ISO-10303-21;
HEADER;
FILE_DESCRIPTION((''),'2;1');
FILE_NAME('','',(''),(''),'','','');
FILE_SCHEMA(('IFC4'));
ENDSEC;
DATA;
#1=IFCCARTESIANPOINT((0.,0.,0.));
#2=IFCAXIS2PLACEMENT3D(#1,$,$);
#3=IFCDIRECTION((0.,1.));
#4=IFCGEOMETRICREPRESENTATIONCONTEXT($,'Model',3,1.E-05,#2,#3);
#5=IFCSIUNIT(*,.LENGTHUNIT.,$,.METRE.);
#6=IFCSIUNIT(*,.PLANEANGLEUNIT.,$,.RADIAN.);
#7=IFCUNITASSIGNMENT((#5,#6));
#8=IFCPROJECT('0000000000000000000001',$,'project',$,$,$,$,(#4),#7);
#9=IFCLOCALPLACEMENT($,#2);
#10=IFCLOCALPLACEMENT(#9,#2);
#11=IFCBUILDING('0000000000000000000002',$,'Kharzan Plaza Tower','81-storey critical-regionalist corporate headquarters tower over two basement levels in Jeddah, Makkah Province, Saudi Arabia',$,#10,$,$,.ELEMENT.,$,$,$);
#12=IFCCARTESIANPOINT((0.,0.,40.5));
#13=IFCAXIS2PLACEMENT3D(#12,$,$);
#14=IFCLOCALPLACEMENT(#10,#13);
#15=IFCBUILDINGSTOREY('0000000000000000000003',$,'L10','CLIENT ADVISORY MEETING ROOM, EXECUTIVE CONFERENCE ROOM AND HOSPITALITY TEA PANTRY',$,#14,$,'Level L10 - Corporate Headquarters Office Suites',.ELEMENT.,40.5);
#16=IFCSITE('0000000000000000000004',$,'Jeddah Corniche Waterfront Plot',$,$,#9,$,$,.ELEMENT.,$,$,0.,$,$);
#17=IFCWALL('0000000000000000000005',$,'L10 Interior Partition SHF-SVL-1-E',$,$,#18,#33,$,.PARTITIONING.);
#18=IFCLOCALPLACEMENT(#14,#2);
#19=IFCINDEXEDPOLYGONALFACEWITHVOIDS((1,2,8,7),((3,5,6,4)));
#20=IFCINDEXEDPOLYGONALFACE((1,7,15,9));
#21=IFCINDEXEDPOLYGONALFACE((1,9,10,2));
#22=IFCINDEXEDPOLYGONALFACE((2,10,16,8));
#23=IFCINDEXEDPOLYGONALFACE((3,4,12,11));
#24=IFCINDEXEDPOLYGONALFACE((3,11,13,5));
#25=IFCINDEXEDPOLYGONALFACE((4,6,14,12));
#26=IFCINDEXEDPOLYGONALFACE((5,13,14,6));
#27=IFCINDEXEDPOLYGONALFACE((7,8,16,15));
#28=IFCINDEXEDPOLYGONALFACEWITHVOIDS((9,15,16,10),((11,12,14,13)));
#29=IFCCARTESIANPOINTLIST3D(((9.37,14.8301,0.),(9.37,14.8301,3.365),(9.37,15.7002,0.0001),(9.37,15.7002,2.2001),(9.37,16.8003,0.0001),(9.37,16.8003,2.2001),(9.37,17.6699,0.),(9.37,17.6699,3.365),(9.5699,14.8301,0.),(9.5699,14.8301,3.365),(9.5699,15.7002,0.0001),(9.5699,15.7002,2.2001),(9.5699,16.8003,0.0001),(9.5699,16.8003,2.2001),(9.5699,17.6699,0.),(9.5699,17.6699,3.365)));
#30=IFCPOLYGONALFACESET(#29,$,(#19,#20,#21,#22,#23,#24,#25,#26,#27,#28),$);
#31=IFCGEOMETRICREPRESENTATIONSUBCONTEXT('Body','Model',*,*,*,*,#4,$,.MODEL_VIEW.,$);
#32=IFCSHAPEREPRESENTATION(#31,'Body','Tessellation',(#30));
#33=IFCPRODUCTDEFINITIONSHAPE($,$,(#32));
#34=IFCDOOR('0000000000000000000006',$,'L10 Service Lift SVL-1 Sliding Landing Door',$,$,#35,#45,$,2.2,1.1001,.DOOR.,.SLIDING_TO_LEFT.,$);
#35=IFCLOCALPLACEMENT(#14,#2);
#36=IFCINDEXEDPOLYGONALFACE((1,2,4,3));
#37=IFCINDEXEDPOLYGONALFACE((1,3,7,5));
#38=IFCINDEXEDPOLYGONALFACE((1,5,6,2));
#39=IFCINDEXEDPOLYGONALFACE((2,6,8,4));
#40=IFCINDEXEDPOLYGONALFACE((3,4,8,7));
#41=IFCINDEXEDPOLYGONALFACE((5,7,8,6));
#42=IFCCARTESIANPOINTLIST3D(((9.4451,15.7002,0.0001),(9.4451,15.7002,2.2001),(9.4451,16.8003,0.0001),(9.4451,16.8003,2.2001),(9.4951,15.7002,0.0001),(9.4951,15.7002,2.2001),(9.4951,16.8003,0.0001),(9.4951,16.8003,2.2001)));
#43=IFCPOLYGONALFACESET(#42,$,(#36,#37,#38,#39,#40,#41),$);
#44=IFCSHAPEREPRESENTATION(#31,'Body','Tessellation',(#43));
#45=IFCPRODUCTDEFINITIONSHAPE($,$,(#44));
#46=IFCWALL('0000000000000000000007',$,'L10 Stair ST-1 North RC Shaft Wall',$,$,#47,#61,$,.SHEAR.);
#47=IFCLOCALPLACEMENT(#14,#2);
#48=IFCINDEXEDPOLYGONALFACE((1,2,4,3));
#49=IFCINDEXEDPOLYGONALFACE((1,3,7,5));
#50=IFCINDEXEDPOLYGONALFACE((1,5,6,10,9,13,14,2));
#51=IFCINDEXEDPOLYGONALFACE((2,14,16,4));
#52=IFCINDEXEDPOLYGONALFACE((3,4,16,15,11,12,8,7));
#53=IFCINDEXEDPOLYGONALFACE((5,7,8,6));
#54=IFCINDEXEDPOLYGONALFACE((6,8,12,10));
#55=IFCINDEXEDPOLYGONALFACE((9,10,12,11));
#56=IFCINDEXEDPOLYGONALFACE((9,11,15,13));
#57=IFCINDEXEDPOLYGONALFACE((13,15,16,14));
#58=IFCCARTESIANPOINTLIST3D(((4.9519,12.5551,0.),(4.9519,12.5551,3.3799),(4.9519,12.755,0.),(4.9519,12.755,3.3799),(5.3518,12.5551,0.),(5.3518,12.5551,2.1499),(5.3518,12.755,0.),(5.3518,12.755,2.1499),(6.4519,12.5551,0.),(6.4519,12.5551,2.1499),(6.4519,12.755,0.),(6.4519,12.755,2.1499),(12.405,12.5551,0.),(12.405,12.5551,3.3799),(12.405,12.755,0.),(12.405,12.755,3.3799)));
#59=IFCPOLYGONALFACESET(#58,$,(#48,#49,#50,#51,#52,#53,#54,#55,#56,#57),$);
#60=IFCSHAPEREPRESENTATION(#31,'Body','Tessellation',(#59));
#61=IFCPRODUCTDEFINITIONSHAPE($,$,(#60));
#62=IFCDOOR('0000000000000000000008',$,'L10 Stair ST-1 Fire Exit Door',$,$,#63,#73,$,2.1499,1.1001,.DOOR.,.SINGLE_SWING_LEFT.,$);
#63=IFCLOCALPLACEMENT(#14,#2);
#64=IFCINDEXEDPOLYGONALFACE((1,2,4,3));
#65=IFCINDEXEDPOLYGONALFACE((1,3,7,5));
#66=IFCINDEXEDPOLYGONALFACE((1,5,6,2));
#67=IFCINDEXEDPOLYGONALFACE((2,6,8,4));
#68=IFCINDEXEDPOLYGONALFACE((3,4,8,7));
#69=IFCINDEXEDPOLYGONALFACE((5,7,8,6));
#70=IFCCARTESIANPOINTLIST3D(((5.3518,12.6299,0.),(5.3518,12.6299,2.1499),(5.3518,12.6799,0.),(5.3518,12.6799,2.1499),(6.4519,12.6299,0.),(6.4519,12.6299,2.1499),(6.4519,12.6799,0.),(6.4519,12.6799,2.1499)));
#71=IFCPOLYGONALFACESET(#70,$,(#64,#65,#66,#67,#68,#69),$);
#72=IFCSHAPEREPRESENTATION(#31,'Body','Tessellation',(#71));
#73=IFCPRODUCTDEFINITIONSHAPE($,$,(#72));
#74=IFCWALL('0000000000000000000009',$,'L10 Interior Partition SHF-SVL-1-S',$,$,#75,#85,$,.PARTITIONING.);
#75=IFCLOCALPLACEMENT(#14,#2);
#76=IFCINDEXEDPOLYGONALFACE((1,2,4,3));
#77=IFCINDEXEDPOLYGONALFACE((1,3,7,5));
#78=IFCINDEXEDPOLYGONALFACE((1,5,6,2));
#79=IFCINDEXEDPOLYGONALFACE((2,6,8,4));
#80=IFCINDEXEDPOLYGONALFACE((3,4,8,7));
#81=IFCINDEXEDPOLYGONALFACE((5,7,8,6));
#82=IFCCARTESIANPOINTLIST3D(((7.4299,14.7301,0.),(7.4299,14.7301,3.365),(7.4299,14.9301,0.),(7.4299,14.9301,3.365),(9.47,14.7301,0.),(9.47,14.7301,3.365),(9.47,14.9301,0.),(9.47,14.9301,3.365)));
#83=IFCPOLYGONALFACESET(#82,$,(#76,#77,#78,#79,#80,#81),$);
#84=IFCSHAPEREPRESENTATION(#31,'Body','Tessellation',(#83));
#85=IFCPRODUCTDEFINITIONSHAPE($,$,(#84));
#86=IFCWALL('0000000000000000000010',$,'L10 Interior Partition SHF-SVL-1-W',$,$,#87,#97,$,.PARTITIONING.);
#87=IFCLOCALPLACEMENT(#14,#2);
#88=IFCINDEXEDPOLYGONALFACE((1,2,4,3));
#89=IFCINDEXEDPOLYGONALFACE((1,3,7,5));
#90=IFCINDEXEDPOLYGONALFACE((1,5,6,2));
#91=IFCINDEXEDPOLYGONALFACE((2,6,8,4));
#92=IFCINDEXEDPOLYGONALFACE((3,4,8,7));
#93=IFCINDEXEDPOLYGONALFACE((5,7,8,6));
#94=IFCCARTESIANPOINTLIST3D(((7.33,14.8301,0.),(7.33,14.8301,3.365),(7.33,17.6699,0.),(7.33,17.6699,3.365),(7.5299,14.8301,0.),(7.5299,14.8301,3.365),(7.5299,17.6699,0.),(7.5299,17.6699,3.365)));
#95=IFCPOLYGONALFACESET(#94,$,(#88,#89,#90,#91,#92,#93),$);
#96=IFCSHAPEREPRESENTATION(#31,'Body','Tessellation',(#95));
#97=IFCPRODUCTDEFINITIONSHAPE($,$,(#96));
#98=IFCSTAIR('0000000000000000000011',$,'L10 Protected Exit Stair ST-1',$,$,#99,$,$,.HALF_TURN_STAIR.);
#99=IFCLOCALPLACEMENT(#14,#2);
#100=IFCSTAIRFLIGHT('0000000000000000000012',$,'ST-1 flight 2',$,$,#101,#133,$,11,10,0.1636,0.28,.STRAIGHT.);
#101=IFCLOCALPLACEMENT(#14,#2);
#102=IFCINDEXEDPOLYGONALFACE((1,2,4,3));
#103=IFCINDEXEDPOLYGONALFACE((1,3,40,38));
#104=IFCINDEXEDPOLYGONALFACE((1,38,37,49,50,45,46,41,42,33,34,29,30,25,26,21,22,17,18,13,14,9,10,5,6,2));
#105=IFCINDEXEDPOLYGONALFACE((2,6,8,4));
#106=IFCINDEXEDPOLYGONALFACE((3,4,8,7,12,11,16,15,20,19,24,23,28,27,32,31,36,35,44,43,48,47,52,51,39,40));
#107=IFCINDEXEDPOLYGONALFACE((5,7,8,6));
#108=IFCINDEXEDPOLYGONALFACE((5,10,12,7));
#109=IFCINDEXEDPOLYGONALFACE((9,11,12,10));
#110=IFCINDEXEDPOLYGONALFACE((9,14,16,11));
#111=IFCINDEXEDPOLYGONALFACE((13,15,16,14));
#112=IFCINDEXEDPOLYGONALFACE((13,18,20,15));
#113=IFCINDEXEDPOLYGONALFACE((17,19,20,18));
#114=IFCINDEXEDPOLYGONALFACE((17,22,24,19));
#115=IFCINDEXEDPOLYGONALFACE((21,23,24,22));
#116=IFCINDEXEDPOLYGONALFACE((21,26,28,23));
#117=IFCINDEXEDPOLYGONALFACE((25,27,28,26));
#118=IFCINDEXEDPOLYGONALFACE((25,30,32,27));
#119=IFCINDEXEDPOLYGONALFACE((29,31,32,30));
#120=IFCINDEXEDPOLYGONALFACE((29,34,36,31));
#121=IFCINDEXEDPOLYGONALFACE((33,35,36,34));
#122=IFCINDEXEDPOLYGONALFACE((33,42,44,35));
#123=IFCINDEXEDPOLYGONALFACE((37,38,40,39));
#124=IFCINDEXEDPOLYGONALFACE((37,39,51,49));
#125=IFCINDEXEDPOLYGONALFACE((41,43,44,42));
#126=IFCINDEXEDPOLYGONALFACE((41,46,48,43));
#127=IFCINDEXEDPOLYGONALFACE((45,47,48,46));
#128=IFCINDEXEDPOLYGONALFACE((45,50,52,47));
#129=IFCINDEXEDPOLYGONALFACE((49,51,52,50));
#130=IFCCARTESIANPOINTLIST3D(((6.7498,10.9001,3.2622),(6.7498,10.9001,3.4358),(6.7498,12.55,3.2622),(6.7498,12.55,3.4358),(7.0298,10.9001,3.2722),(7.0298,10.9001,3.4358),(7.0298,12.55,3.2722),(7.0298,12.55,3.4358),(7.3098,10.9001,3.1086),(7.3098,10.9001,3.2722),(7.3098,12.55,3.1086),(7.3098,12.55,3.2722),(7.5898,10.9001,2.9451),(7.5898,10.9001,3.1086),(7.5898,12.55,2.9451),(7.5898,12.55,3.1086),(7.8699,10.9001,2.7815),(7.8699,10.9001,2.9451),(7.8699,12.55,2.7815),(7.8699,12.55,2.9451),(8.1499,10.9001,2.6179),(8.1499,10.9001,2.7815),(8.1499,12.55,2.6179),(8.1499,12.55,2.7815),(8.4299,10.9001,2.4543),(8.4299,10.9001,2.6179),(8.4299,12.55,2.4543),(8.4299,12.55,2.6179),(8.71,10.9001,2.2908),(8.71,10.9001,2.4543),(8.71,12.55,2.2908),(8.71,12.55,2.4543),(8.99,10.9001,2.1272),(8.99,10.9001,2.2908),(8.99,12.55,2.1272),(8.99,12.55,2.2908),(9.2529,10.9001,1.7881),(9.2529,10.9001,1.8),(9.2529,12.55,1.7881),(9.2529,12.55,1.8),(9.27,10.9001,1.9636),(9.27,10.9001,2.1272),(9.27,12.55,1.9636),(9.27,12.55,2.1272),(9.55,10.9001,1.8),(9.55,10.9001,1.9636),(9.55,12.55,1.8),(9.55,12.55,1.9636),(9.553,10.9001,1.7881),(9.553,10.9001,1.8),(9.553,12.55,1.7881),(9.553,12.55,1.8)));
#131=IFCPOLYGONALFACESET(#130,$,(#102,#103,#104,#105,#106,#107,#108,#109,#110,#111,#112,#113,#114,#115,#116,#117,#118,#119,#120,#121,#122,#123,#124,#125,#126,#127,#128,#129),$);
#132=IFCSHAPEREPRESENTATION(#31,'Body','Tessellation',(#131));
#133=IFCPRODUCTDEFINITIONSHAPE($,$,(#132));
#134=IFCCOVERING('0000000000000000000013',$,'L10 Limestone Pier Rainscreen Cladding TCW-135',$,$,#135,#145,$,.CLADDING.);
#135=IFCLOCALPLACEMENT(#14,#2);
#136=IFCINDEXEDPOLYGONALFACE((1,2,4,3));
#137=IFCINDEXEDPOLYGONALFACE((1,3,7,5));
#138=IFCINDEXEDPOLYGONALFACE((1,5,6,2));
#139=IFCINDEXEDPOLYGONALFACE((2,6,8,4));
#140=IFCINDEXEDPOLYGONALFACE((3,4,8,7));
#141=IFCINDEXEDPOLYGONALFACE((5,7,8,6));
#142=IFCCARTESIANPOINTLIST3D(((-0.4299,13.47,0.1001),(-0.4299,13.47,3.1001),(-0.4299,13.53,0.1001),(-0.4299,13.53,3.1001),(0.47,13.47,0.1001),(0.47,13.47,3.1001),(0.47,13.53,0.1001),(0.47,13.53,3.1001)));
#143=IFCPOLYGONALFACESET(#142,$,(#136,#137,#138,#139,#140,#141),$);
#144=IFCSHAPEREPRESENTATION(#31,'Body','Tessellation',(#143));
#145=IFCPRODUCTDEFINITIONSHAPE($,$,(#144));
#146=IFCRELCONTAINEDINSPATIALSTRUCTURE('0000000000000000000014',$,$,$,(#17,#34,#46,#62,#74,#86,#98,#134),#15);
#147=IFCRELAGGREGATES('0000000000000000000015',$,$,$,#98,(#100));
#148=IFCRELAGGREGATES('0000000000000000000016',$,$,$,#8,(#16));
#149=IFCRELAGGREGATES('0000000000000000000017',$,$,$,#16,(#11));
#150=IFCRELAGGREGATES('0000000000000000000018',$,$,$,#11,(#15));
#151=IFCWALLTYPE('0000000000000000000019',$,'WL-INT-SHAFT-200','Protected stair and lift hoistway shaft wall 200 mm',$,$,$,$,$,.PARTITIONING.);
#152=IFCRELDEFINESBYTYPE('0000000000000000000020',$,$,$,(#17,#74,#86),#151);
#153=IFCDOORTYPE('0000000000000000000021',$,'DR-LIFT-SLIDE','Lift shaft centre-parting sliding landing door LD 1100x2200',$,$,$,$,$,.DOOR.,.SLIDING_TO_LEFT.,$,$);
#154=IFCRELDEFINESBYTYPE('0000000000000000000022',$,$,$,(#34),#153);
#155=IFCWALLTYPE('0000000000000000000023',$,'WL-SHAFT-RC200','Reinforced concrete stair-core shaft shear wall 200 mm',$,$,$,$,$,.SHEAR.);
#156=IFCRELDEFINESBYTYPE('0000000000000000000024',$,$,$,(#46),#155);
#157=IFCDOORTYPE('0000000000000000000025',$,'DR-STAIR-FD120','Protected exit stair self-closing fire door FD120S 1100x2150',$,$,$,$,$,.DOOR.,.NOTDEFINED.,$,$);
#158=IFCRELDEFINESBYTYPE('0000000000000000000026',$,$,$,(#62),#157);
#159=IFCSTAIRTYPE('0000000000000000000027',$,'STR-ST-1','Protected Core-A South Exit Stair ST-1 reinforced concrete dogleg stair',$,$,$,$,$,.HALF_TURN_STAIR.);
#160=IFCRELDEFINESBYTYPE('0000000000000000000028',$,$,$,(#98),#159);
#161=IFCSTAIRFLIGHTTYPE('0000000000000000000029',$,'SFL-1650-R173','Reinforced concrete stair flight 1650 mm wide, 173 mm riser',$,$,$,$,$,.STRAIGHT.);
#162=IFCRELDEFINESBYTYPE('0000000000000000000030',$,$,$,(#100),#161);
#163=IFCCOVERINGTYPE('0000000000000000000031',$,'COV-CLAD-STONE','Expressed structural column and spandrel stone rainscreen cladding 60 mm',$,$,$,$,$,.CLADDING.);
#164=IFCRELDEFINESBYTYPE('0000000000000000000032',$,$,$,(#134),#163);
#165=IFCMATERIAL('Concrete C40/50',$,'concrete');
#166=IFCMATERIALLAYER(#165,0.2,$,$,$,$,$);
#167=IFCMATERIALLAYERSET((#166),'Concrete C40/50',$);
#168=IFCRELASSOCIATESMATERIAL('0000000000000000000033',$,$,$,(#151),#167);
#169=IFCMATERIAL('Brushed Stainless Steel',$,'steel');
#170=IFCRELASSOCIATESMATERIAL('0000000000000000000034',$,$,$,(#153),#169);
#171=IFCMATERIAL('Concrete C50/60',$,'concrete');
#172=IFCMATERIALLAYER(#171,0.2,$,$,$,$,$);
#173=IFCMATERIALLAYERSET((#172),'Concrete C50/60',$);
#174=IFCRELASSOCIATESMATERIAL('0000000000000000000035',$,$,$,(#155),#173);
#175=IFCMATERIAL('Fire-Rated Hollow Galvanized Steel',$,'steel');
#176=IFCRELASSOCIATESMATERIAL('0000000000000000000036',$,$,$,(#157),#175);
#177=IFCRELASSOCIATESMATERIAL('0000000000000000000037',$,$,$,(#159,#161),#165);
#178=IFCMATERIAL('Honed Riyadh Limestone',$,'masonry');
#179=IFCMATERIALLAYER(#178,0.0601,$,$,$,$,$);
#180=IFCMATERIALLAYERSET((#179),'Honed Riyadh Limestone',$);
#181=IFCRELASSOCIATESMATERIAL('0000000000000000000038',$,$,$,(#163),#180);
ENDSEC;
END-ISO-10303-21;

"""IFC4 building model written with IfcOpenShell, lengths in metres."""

from ifc_helpers import new_model, si_unit, direction, frame, frame_2d, origin, origin_2d, place, context, subcontext, project, spatial, polyline, rectangle, outline, extrude, source, transform, mapped, material, layer, layer_set, type_object, element, fill, aggregate, save


model = new_model("IFC4")

# Units and contexts
model_context = context("Model", 3, precision=1e-05, world=origin(), true_north=direction((0.0, 1.0)))
body_context = subcontext(model_context, "Body", "Model", "MODEL_VIEW")
ifc_project = project(units=[si_unit("LENGTHUNIT", "METRE"), si_unit("PLANEANGLEUNIT", "RADIAN")], contexts=[model_context])

# Site, building, storey
site_placement = place(None, origin())
site = spatial("IfcSite", under=ifc_project, at=site_placement, Name="Jeddah Corniche Waterfront Plot", CompositionType="ELEMENT", RefElevation=0.0)
building_placement = place(site_placement, origin())
building = spatial("IfcBuilding", under=site, at=building_placement, Name="Kharzan Plaza Tower", Description="81-storey critical-regionalist corporate headquarters tower over two basement levels in Jeddah, Makkah Province, Saudi Arabia", CompositionType="ELEMENT")
storey_placement = place(building_placement, frame((0.0, 0.0, 40.5)))
storey = spatial("IfcBuildingStorey", under=building, at=storey_placement, Name="L10", Description="CLIENT ADVISORY MEETING ROOM, EXECUTIVE CONFERENCE ROOM AND HOSPITALITY TEA PANTRY", LongName="Level L10 - Corporate Headquarters Office Suites", CompositionType="ELEMENT", Elevation=40.5)

# Shared definitions
ifc_material_1 = material(Name="Concrete C40/50", Category="concrete")

# Walls, openings, doors
ifc_layer_1 = layer(ifc_material_1, 0.2)
ifc_layer_set_1 = layer_set([ifc_layer_1], Name="Concrete C40/50")
wall_type_1 = type_object("IfcWallType", Name="WL-INT-SHAFT-200", Description="Protected stair and lift hoistway shaft wall 200 mm", PredefinedType="PARTITIONING", material=ifc_layer_set_1)
wall_1_placement = place(storey_placement, frame((9.47, 14.8301, 0.0), z_axis=(0.0, 0.0, 1.0), x_axis=(0.0, 1.0, 0.0)))
wall_1 = element("IfcWall", 1, at=wall_1_placement, inside=storey, type_object=wall_type_1, Name="L10 Interior Partition SHF-SVL-1-E", PredefinedType="PARTITIONING", context=body_context, shape_type="SweptSolid", body=[
    extrude(rectangle(XDim=2.8398, YDim=0.2, at=frame_2d((1.4199, 0.0))), origin(), (0.0, 0.0, 1.0), 3.365),
])
opening_1_placement = place(wall_1_placement, frame((0.8701, 0.0, 0.0)))
opening_1 = element("IfcOpeningElement", 2, at=opening_1_placement, cuts=wall_1, PredefinedType="OPENING", context=body_context, shape_type="SweptSolid", body=[
    extrude(rectangle(XDim=1.1001, YDim=2.2, at=frame_2d((0.55, 1.1001))), frame((0.0, 0.1099, 0.0), z_axis=(0.0, -1.0, 0.0), x_axis=(1.0, 0.0, 0.0)), (0.0, 0.0, 1.0), 0.22),
])
ifc_material_2 = material(Name="Brushed Stainless Steel", Category="steel")
door_type_1 = type_object("IfcDoorType", Name="DR-LIFT-SLIDE", Description="Lift shaft centre-parting sliding landing door LD 1100x2200", OperationType="SLIDING_TO_LEFT", PredefinedType="DOOR", material=ifc_material_2)
shared_shape_1 = source(origin(), body_context, "Body", "SweptSolid", [
    extrude(rectangle(XDim=1.1001, YDim=2.2, at=frame_2d((0.55, 1.1001))), frame((0.0, 0.0249, 0.0), z_axis=(0.0, -1.0, 0.0), x_axis=(1.0, 0.0, 0.0)), (0.0, 0.0, 1.0), 0.05),
])
door_1_placement = place(opening_1_placement, origin())
door_1 = element("IfcDoor", 3, at=door_1_placement, inside=storey, type_object=door_type_1, Name="L10 Service Lift SVL-1 Sliding Landing Door", OperationType="SLIDING_TO_LEFT", OverallHeight=2.2, OverallWidth=1.1001, PredefinedType="DOOR", context=body_context, shape_type="MappedRepresentation", body=[
    mapped(shared_shape_1, transform((0.0, 0.0, 0.0), x_axis=(1.0, 0.0, 0.0), y_axis=(0.0, 1.0, 0.0), z_axis=(0.0, 0.0, 1.0))),
])
fill(opening_1, door_1)
ifc_material_3 = material(Name="Concrete C50/60", Category="concrete")
ifc_layer_2 = layer(ifc_material_3, 0.2)
ifc_layer_set_2 = layer_set([ifc_layer_2], Name="Concrete C50/60")
wall_type_2 = type_object("IfcWallType", Name="WL-SHAFT-RC200", Description="Reinforced concrete stair-core shaft shear wall 200 mm", PredefinedType="SHEAR", material=ifc_layer_set_2)
wall_2_placement = place(storey_placement, frame((4.9519, 12.655, 0.0), z_axis=(0.0, 0.0, 1.0), x_axis=(1.0, 0.0, 0.0)))
wall_2 = element("IfcWall", 4, at=wall_2_placement, inside=storey, type_object=wall_type_2, Name="L10 Stair ST-1 North RC Shaft Wall", PredefinedType="SHEAR", context=body_context, shape_type="SweptSolid", body=[
    extrude(rectangle(XDim=7.4531, YDim=0.2, at=frame_2d((3.7266, 0.0))), origin(), (0.0, 0.0, 1.0), 3.3799),
])
opening_2_placement = place(wall_2_placement, frame((0.3999, 0.0, 0.0)))
opening_2 = element("IfcOpeningElement", 5, at=opening_2_placement, cuts=wall_2, PredefinedType="OPENING", context=body_context, shape_type="SweptSolid", body=[
    extrude(rectangle(XDim=1.1001, YDim=2.1499, at=frame_2d((0.55, 1.075))), frame((0.0, 0.1099, 0.0), z_axis=(0.0, -1.0, 0.0), x_axis=(1.0, 0.0, 0.0)), (0.0, 0.0, 1.0), 0.22),
])
ifc_material_4 = material(Name="Fire-Rated Hollow Galvanized Steel", Category="steel")
door_type_2 = type_object("IfcDoorType", Name="DR-STAIR-FD120", Description="Protected exit stair self-closing fire door FD120S 1100x2150", OperationType="NOTDEFINED", PredefinedType="DOOR", material=ifc_material_4)
shared_shape_2 = source(origin(), body_context, "Body", "SweptSolid", [
    extrude(rectangle(XDim=1.1001, YDim=2.1499, at=frame_2d((0.55, 1.075))), frame((0.0, 0.0249, 0.0), z_axis=(0.0, -1.0, 0.0), x_axis=(1.0, 0.0, 0.0)), (0.0, 0.0, 1.0), 0.05),
])
door_2_placement = place(opening_2_placement, origin())
door_2 = element("IfcDoor", 6, at=door_2_placement, inside=storey, type_object=door_type_2, Name="L10 Stair ST-1 Fire Exit Door", OperationType="SINGLE_SWING_LEFT", OverallHeight=2.1499, OverallWidth=1.1001, PredefinedType="DOOR", context=body_context, shape_type="MappedRepresentation", body=[
    mapped(shared_shape_2, transform((0.0, 0.0, 0.0), x_axis=(1.0, 0.0, 0.0), y_axis=(0.0, 1.0, 0.0), z_axis=(0.0, 0.0, 1.0))),
])
fill(opening_2, door_2)

# Walls
shared_shape_3 = source(origin(), body_context, "Body", "SweptSolid", [
    extrude(rectangle(XDim=2.04, YDim=0.2, at=frame_2d((1.02, 0.0))), origin(), (0.0, 0.0, 1.0), 3.365),
])
wall_3_placement = place(storey_placement, frame((7.4299, 14.8301, 0.0), z_axis=(0.0, 0.0, 1.0), x_axis=(1.0, 0.0, 0.0)))
element("IfcWall", 7, at=wall_3_placement, inside=storey, type_object=wall_type_1, Name="L10 Interior Partition SHF-SVL-1-S", PredefinedType="PARTITIONING", context=body_context, shape_type="MappedRepresentation", body=[
    mapped(shared_shape_3, transform((0.0, 0.0, 0.0), x_axis=(1.0, 0.0, 0.0), y_axis=(0.0, 1.0, 0.0), z_axis=(0.0, 0.0, 1.0))),
])
shared_shape_4 = source(origin(), body_context, "Body", "SweptSolid", [
    extrude(rectangle(XDim=2.8398, YDim=0.2, at=frame_2d((1.4199, 0.0))), origin(), (0.0, 0.0, 1.0), 3.365),
])
wall_4_placement = place(storey_placement, frame((7.4299, 14.8301, 0.0), z_axis=(0.0, 0.0, 1.0), x_axis=(0.0, 1.0, 0.0)))
element("IfcWall", 8, at=wall_4_placement, inside=storey, type_object=wall_type_1, Name="L10 Interior Partition SHF-SVL-1-W", PredefinedType="PARTITIONING", context=body_context, shape_type="MappedRepresentation", body=[
    mapped(shared_shape_4, transform((0.0, 0.0, 0.0), x_axis=(1.0, 0.0, 0.0), y_axis=(0.0, 1.0, 0.0), z_axis=(0.0, 0.0, 1.0))),
])

# Stair, stair flight
stair_type = type_object("IfcStairType", Name="STR-ST-1", Description="Protected Core-A South Exit Stair ST-1 reinforced concrete dogleg stair", PredefinedType="HALF_TURN_STAIR", material=ifc_material_1)
stair_placement = place(storey_placement, origin())
stair = element("IfcStair", 9, at=stair_placement, inside=storey, type_object=stair_type, Name="L10 Protected Exit Stair ST-1", PredefinedType="HALF_TURN_STAIR")
stair_flight_type = type_object("IfcStairFlightType", Name="SFL-1650-R173", Description="Reinforced concrete stair flight 1650 mm wide, 173 mm riser", PredefinedType="STRAIGHT", material=ifc_material_1)
shared_shape_5 = source(origin(), body_context, "Body", "SweptSolid", [
    extrude(outline(polyline([(-0.0029, -0.012), (-0.0029, 0.0), (0.0, 0.0), (0.0, 0.1636), (0.28, 0.1636), (0.28, 0.3271), (0.5601, 0.3271), (0.5601, 0.4907), (0.8401, 0.4907), (0.8401, 0.6543), (1.1201, 0.6543), (1.1201, 0.8179), (1.4001, 0.8179), (1.4001, 0.9814), (1.6802, 0.9814), (1.6802, 1.145), (1.9602, 1.145), (1.9602, 1.3086), (2.2402, 1.3086), (2.2402, 1.4722), (2.5203, 1.4722), (2.5203, 1.6357), (2.8003, 1.6357), (2.8003, 1.7993), (2.8003, 1.4622), (0.2971, 0.0), (0.2971, -0.012), (-0.0029, -0.012)])), frame((0.0, 0.825, 0.0), z_axis=(0.0, -1.0, 0.0), x_axis=(1.0, 0.0, 0.0)), (0.0, 0.0, 1.0), 1.6499),
])
stair_flight_placement = place(storey_placement, frame((9.55, 11.7251, 1.8), z_axis=(0.0, 0.0, 1.0), x_axis=(-1.0, 0.0, 0.0)))
stair_flight = element("IfcStairFlight", 10, at=stair_flight_placement, type_object=stair_flight_type, Name="ST-1 flight 2", NumberOfRisers=11, NumberOfTreads=10, PredefinedType="STRAIGHT", RiserHeight=0.1636, TreadLength=0.28, context=body_context, shape_type="MappedRepresentation", body=[
    mapped(shared_shape_5, transform((0.0, 0.0, 0.0), x_axis=(1.0, 0.0, 0.0), y_axis=(0.0, 1.0, 0.0), z_axis=(0.0, 0.0, 1.0))),
])
aggregate(stair, [stair_flight])

# Covering
ifc_material_5 = material(Name="Honed Riyadh Limestone", Category="masonry")
ifc_layer_3 = layer(ifc_material_5, 0.0601)
ifc_layer_set_3 = layer_set([ifc_layer_3], Name="Honed Riyadh Limestone")
covering_type = type_object("IfcCoveringType", Name="COV-CLAD-STONE", Description="Expressed structural column and spandrel stone rainscreen cladding 60 mm", PredefinedType="CLADDING", material=ifc_layer_set_3)
shared_shape_6 = source(origin(), body_context, "Body", "SweptSolid", [
    extrude(rectangle(XDim=0.0601, YDim=0.8999, at=origin_2d()), origin(), (0.0, 0.0, 1.0), 3.0),
])
covering_placement = place(storey_placement, frame((0.02, 13.5, 0.1001), z_axis=(0.0, 0.0, 1.0), x_axis=(0.0, 1.0, 0.0)))
element("IfcCovering", 11, at=covering_placement, inside=storey, type_object=covering_type, Name="L10 Limestone Pier Rainscreen Cladding TCW-135", PredefinedType="CLADDING", context=body_context, shape_type="MappedRepresentation", body=[
    mapped(shared_shape_6, transform((0.0, 0.0, 0.0), x_axis=(1.0, 0.0, 0.0), y_axis=(0.0, 1.0, 0.0), z_axis=(0.0, 0.0, 1.0))),
])

save(model, "model.ifc")
